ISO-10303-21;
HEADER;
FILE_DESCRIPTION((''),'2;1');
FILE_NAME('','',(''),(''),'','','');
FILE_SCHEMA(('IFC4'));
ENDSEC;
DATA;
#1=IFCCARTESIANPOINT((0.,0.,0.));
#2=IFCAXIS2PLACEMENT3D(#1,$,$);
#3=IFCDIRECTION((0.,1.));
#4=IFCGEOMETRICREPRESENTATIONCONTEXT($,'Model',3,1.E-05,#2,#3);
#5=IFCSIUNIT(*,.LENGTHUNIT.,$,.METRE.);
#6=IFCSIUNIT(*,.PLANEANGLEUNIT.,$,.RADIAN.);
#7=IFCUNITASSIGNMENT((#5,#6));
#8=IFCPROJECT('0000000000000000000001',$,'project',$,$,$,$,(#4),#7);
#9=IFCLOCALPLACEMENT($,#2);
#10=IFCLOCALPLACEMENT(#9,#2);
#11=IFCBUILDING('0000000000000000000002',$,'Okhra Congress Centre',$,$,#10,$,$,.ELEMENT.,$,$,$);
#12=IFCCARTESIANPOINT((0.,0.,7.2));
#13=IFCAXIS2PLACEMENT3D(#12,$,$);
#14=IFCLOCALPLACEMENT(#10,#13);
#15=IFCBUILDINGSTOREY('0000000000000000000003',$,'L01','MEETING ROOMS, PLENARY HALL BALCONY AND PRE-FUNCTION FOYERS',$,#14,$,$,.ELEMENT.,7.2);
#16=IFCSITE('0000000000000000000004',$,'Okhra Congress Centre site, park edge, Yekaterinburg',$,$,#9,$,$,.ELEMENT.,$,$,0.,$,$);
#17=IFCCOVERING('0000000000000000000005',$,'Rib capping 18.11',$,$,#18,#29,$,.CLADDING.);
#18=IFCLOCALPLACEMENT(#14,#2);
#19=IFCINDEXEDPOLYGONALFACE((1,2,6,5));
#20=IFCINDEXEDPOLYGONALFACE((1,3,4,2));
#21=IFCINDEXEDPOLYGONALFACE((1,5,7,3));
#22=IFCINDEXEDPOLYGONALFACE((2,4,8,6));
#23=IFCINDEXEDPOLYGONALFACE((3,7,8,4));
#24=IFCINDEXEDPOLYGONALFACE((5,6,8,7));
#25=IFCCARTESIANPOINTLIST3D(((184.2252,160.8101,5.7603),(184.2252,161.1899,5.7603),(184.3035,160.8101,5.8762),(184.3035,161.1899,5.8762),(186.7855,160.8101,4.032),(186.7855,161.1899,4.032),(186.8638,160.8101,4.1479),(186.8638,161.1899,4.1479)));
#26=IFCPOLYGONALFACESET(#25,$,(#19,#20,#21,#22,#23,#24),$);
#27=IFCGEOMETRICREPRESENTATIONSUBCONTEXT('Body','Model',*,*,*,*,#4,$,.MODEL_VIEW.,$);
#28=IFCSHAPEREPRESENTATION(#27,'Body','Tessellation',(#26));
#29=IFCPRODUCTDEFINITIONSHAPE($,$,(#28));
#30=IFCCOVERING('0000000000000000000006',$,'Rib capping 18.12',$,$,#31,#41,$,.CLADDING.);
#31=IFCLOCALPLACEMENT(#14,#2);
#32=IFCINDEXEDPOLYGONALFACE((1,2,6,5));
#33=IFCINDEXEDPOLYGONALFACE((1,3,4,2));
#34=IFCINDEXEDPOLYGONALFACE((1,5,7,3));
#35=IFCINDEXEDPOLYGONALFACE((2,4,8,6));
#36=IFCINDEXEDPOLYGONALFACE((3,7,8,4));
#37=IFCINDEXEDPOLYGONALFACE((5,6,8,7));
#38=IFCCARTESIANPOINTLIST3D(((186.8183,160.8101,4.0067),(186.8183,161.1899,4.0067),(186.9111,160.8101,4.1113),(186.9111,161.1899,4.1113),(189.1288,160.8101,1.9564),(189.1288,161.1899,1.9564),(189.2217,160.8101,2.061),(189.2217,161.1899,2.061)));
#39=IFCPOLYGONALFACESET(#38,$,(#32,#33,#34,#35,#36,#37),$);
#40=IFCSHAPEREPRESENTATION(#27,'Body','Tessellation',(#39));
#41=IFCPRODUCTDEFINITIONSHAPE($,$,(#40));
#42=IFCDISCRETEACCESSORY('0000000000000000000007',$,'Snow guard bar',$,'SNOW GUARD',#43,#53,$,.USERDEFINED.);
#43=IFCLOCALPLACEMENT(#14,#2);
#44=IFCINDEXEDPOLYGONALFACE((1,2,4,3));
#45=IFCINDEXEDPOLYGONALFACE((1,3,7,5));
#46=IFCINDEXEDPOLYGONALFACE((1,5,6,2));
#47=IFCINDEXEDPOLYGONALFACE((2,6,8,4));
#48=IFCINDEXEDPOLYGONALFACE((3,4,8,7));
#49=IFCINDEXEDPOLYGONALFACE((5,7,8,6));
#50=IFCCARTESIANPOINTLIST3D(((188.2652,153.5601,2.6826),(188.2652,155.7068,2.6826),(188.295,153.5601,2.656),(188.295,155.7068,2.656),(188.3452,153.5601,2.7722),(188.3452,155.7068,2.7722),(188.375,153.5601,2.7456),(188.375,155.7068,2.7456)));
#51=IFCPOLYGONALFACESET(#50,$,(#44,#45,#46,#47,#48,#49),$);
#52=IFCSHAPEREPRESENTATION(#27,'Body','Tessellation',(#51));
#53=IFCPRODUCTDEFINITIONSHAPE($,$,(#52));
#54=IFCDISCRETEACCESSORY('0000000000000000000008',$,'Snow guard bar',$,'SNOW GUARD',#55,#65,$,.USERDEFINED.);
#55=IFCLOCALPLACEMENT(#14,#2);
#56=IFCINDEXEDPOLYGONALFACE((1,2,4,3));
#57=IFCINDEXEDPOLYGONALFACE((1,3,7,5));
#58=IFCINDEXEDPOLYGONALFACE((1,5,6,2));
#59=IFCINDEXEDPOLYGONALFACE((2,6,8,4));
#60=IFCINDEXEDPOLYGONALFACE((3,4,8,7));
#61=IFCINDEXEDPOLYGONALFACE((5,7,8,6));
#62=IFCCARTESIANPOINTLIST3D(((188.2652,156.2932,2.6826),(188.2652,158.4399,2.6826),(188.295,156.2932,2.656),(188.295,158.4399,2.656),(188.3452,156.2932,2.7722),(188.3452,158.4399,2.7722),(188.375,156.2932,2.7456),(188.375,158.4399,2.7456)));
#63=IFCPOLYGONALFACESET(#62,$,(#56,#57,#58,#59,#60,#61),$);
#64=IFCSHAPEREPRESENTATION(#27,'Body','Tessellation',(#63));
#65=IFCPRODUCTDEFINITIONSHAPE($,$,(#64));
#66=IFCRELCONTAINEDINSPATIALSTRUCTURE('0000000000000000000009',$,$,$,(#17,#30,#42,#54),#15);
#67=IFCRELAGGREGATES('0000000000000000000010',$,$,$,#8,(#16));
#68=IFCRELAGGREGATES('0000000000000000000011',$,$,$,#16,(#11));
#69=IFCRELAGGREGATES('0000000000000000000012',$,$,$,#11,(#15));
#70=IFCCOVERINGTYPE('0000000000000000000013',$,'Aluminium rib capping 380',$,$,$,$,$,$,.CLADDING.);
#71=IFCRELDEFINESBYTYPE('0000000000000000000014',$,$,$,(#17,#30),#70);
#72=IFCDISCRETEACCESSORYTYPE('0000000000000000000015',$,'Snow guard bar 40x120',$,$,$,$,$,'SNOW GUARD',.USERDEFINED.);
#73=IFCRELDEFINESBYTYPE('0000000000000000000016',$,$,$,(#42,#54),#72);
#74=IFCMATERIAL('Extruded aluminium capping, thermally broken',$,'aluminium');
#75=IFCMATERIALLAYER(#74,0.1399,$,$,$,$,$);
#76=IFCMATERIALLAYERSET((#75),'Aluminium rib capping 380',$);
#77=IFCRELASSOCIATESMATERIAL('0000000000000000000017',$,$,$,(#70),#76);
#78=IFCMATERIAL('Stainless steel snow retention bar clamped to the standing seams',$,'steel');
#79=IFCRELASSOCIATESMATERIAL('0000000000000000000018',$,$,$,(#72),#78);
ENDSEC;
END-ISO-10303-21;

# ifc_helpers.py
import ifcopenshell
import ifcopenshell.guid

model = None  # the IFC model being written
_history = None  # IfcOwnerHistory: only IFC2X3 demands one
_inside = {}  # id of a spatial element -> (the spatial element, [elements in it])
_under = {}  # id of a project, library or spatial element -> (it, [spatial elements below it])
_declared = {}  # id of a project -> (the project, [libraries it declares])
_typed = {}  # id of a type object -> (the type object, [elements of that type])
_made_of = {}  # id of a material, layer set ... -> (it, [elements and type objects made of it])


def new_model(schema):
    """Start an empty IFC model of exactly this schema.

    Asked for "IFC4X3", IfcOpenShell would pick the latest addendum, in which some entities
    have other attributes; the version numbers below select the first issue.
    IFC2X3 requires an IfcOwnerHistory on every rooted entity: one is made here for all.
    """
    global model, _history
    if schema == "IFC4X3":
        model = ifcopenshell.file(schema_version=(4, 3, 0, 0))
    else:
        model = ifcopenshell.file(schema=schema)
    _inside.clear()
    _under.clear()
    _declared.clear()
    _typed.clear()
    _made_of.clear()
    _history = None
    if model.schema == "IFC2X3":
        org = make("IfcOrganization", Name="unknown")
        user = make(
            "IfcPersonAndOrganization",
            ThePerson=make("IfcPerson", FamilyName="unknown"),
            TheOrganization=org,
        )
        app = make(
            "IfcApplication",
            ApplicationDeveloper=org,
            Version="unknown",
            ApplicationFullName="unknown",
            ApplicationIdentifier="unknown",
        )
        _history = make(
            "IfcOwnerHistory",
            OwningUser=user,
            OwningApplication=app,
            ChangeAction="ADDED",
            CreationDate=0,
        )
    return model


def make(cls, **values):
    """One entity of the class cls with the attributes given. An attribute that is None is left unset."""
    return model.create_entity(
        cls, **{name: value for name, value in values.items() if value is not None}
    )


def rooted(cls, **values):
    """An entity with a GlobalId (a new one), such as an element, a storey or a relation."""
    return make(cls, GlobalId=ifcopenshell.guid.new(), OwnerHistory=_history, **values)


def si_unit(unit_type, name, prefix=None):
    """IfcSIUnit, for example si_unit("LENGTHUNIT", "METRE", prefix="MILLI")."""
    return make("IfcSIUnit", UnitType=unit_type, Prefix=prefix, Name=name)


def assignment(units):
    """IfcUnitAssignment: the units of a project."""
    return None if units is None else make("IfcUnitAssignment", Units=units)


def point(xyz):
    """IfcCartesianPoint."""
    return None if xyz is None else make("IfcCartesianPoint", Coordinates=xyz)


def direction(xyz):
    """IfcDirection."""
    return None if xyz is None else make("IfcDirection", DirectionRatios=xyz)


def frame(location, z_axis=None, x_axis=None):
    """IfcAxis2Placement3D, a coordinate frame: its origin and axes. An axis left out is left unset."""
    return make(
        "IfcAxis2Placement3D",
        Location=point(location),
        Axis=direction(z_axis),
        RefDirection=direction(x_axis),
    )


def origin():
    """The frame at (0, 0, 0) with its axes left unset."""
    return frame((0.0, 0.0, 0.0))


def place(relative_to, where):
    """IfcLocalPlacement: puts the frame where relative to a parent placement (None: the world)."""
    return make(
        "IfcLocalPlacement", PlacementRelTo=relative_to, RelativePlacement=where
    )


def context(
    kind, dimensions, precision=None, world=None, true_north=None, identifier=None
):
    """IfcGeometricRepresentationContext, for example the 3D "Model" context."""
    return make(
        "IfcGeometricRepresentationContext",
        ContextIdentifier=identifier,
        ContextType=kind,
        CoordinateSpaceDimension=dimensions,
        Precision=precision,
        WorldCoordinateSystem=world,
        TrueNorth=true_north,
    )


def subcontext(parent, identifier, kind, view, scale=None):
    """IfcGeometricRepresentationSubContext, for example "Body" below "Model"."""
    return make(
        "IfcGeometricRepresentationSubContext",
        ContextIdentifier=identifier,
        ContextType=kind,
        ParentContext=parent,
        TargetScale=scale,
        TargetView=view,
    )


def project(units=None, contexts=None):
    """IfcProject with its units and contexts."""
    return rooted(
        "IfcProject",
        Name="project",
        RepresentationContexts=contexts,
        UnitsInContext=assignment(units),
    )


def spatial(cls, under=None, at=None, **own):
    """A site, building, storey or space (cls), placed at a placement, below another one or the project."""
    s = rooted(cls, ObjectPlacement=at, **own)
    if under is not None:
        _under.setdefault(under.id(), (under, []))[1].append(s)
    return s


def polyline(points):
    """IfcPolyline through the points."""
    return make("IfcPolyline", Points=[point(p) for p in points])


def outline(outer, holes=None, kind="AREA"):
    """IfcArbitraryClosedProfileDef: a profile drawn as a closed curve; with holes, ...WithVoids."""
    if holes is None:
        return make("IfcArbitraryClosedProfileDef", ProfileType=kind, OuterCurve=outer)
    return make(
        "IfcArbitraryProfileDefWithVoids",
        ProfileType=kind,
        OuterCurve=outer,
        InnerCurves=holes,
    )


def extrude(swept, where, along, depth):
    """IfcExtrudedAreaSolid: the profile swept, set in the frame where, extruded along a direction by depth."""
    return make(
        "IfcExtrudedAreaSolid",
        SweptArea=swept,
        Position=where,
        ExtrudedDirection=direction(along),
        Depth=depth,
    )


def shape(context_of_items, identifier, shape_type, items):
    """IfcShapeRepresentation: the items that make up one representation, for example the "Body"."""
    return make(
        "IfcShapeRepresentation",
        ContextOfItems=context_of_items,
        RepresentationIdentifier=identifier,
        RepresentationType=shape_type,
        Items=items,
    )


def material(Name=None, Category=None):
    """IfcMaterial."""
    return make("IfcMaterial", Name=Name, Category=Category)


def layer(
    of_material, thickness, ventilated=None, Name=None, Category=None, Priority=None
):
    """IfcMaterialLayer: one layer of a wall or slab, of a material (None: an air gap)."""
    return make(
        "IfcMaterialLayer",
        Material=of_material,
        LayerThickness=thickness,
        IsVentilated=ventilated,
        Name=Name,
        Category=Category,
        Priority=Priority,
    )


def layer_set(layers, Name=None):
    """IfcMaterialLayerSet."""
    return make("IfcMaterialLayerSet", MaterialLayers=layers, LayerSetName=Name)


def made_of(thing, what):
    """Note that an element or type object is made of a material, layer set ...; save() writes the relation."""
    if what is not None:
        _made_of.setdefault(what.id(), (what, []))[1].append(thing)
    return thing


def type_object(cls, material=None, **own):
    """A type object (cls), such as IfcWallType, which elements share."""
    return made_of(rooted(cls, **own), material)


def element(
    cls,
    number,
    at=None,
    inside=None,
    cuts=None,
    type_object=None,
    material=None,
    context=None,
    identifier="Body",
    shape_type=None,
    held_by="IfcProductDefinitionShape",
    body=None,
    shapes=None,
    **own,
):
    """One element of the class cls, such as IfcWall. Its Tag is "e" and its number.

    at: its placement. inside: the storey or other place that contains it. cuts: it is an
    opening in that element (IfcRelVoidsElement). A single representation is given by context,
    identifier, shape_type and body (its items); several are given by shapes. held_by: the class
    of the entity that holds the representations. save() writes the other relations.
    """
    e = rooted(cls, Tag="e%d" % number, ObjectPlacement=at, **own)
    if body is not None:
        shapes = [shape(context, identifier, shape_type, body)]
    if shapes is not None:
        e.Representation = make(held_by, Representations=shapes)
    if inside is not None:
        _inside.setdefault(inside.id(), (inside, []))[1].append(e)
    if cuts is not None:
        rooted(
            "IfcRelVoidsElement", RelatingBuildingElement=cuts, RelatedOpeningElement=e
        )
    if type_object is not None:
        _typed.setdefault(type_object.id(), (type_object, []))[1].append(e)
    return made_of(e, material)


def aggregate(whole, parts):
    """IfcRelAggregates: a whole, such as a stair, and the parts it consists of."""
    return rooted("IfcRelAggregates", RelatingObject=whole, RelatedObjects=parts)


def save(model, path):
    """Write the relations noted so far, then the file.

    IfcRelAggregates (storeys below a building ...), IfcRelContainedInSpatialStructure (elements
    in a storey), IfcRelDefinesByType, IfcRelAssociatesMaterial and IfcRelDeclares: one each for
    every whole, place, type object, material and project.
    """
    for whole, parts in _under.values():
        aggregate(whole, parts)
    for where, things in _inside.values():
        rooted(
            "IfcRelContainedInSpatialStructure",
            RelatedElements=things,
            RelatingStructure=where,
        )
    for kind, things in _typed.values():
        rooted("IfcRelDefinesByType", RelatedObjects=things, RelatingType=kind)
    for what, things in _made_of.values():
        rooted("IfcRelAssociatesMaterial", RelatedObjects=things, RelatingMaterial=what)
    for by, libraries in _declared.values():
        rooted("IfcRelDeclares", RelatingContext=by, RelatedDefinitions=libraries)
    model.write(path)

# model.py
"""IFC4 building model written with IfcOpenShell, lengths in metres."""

from ifc_helpers import new_model, si_unit, direction, frame, origin, place, context, subcontext, project, spatial, polyline, outline, extrude, material, layer, layer_set, type_object, element, save


model = new_model("IFC4")

# Units and contexts
model_context = context("Model", 3, precision=1e-05, world=origin(), true_north=direction((0.0, 1.0)))
body_context = subcontext(model_context, "Body", "Model", "MODEL_VIEW")
ifc_project = project(units=[si_unit("LENGTHUNIT", "METRE"), si_unit("PLANEANGLEUNIT", "RADIAN")], contexts=[model_context])

# Site, building, storey
site_placement = place(None, origin())
site = spatial("IfcSite", under=ifc_project, at=site_placement, Name="Okhra Congress Centre site, park edge, Yekaterinburg", CompositionType="ELEMENT", RefElevation=0.0)
building_placement = place(site_placement, origin())
building = spatial("IfcBuilding", under=site, at=building_placement, Name="Okhra Congress Centre", CompositionType="ELEMENT")
storey_placement = place(building_placement, frame((0.0, 0.0, 7.2)))
storey = spatial("IfcBuildingStorey", under=building, at=storey_placement, Name="L01", Description="MEETING ROOMS, PLENARY HALL BALCONY AND PRE-FUNCTION FOYERS", CompositionType="ELEMENT", Elevation=7.2)

# Coverings
ifc_material_1 = material(Name="Extruded aluminium capping, thermally broken", Category="aluminium")
ifc_layer_1 = layer(ifc_material_1, 0.1399)
ifc_layer_set_1 = layer_set([ifc_layer_1], Name="Aluminium rib capping 380")
covering_type = type_object("IfcCoveringType", Name="Aluminium rib capping 380", PredefinedType="CLADDING", material=ifc_layer_set_1)
covering_1_placement = place(storey_placement, frame((184.3035, 160.8101, 5.8762), z_axis=(0.559488, 0.0, 0.828839), x_axis=(0.828839, 0.0, -0.559488)))
element("IfcCovering", 1, at=covering_1_placement, inside=storey, type_object=covering_type, Name="Rib capping 18.11", PredefinedType="CLADDING", context=body_context, shape_type="SweptSolid", body=[
    extrude(outline(polyline([(0.0, 0.0), (3.089, 0.0), (3.089, 0.3799), (0.0, 0.3799), (0.0, 0.0)])), origin(), (0.0, 0.0, -1.0), 0.1399),
])
covering_2_placement = place(storey_placement, frame((186.9111, 160.8101, 4.1113), z_axis=(0.663726, 0.0, 0.747976), x_axis=(0.747976, 0.0, -0.663726)))
element("IfcCovering", 2, at=covering_2_placement, inside=storey, type_object=covering_type, Name="Rib capping 18.12", PredefinedType="CLADDING", context=body_context, shape_type="SweptSolid", body=[
    extrude(outline(polyline([(0.0, 0.0), (3.0891, 0.0), (3.0891, 0.3799), (0.0, 0.3799), (0.0, 0.0)])), origin(), (0.0, 0.0, -1.0), 0.1399),
])

# Discrete accessories
ifc_material_2 = material(Name="Stainless steel snow retention bar clamped to the standing seams", Category="steel")
discrete_accessory_type = type_object("IfcDiscreteAccessoryType", Name="Snow guard bar 40x120", ElementType="SNOW GUARD", PredefinedType="USERDEFINED", material=ifc_material_2)
for number, where, z_axis, x_axis, name in (
    (3, (188.3452, 153.5601, 2.7722), (0.666259, 0.0, 0.745721), (0.745721, 0.0, -0.666259), "Snow guard bar"),
    (4, (188.3452, 156.2932, 2.7722), (0.666259, 0.0, 0.745721), (0.745721, 0.0, -0.666259), "Snow guard bar"),
):
    element("IfcDiscreteAccessory", number, at=place(storey_placement, frame(where, z_axis=z_axis, x_axis=x_axis)), inside=storey, type_object=discrete_accessory_type, Name=name, ObjectType="SNOW GUARD", PredefinedType="USERDEFINED", context=body_context, shape_type="SweptSolid", body=[
        extrude(outline(polyline([(0.0, 0.0), (0.0399, 0.0), (0.0399, 2.1467), (0.0, 2.1467), (0.0, 0.0)])), origin(), (0.0, 0.0, -1.0), 0.1201),
    ])

save(model, "model.ifc")
